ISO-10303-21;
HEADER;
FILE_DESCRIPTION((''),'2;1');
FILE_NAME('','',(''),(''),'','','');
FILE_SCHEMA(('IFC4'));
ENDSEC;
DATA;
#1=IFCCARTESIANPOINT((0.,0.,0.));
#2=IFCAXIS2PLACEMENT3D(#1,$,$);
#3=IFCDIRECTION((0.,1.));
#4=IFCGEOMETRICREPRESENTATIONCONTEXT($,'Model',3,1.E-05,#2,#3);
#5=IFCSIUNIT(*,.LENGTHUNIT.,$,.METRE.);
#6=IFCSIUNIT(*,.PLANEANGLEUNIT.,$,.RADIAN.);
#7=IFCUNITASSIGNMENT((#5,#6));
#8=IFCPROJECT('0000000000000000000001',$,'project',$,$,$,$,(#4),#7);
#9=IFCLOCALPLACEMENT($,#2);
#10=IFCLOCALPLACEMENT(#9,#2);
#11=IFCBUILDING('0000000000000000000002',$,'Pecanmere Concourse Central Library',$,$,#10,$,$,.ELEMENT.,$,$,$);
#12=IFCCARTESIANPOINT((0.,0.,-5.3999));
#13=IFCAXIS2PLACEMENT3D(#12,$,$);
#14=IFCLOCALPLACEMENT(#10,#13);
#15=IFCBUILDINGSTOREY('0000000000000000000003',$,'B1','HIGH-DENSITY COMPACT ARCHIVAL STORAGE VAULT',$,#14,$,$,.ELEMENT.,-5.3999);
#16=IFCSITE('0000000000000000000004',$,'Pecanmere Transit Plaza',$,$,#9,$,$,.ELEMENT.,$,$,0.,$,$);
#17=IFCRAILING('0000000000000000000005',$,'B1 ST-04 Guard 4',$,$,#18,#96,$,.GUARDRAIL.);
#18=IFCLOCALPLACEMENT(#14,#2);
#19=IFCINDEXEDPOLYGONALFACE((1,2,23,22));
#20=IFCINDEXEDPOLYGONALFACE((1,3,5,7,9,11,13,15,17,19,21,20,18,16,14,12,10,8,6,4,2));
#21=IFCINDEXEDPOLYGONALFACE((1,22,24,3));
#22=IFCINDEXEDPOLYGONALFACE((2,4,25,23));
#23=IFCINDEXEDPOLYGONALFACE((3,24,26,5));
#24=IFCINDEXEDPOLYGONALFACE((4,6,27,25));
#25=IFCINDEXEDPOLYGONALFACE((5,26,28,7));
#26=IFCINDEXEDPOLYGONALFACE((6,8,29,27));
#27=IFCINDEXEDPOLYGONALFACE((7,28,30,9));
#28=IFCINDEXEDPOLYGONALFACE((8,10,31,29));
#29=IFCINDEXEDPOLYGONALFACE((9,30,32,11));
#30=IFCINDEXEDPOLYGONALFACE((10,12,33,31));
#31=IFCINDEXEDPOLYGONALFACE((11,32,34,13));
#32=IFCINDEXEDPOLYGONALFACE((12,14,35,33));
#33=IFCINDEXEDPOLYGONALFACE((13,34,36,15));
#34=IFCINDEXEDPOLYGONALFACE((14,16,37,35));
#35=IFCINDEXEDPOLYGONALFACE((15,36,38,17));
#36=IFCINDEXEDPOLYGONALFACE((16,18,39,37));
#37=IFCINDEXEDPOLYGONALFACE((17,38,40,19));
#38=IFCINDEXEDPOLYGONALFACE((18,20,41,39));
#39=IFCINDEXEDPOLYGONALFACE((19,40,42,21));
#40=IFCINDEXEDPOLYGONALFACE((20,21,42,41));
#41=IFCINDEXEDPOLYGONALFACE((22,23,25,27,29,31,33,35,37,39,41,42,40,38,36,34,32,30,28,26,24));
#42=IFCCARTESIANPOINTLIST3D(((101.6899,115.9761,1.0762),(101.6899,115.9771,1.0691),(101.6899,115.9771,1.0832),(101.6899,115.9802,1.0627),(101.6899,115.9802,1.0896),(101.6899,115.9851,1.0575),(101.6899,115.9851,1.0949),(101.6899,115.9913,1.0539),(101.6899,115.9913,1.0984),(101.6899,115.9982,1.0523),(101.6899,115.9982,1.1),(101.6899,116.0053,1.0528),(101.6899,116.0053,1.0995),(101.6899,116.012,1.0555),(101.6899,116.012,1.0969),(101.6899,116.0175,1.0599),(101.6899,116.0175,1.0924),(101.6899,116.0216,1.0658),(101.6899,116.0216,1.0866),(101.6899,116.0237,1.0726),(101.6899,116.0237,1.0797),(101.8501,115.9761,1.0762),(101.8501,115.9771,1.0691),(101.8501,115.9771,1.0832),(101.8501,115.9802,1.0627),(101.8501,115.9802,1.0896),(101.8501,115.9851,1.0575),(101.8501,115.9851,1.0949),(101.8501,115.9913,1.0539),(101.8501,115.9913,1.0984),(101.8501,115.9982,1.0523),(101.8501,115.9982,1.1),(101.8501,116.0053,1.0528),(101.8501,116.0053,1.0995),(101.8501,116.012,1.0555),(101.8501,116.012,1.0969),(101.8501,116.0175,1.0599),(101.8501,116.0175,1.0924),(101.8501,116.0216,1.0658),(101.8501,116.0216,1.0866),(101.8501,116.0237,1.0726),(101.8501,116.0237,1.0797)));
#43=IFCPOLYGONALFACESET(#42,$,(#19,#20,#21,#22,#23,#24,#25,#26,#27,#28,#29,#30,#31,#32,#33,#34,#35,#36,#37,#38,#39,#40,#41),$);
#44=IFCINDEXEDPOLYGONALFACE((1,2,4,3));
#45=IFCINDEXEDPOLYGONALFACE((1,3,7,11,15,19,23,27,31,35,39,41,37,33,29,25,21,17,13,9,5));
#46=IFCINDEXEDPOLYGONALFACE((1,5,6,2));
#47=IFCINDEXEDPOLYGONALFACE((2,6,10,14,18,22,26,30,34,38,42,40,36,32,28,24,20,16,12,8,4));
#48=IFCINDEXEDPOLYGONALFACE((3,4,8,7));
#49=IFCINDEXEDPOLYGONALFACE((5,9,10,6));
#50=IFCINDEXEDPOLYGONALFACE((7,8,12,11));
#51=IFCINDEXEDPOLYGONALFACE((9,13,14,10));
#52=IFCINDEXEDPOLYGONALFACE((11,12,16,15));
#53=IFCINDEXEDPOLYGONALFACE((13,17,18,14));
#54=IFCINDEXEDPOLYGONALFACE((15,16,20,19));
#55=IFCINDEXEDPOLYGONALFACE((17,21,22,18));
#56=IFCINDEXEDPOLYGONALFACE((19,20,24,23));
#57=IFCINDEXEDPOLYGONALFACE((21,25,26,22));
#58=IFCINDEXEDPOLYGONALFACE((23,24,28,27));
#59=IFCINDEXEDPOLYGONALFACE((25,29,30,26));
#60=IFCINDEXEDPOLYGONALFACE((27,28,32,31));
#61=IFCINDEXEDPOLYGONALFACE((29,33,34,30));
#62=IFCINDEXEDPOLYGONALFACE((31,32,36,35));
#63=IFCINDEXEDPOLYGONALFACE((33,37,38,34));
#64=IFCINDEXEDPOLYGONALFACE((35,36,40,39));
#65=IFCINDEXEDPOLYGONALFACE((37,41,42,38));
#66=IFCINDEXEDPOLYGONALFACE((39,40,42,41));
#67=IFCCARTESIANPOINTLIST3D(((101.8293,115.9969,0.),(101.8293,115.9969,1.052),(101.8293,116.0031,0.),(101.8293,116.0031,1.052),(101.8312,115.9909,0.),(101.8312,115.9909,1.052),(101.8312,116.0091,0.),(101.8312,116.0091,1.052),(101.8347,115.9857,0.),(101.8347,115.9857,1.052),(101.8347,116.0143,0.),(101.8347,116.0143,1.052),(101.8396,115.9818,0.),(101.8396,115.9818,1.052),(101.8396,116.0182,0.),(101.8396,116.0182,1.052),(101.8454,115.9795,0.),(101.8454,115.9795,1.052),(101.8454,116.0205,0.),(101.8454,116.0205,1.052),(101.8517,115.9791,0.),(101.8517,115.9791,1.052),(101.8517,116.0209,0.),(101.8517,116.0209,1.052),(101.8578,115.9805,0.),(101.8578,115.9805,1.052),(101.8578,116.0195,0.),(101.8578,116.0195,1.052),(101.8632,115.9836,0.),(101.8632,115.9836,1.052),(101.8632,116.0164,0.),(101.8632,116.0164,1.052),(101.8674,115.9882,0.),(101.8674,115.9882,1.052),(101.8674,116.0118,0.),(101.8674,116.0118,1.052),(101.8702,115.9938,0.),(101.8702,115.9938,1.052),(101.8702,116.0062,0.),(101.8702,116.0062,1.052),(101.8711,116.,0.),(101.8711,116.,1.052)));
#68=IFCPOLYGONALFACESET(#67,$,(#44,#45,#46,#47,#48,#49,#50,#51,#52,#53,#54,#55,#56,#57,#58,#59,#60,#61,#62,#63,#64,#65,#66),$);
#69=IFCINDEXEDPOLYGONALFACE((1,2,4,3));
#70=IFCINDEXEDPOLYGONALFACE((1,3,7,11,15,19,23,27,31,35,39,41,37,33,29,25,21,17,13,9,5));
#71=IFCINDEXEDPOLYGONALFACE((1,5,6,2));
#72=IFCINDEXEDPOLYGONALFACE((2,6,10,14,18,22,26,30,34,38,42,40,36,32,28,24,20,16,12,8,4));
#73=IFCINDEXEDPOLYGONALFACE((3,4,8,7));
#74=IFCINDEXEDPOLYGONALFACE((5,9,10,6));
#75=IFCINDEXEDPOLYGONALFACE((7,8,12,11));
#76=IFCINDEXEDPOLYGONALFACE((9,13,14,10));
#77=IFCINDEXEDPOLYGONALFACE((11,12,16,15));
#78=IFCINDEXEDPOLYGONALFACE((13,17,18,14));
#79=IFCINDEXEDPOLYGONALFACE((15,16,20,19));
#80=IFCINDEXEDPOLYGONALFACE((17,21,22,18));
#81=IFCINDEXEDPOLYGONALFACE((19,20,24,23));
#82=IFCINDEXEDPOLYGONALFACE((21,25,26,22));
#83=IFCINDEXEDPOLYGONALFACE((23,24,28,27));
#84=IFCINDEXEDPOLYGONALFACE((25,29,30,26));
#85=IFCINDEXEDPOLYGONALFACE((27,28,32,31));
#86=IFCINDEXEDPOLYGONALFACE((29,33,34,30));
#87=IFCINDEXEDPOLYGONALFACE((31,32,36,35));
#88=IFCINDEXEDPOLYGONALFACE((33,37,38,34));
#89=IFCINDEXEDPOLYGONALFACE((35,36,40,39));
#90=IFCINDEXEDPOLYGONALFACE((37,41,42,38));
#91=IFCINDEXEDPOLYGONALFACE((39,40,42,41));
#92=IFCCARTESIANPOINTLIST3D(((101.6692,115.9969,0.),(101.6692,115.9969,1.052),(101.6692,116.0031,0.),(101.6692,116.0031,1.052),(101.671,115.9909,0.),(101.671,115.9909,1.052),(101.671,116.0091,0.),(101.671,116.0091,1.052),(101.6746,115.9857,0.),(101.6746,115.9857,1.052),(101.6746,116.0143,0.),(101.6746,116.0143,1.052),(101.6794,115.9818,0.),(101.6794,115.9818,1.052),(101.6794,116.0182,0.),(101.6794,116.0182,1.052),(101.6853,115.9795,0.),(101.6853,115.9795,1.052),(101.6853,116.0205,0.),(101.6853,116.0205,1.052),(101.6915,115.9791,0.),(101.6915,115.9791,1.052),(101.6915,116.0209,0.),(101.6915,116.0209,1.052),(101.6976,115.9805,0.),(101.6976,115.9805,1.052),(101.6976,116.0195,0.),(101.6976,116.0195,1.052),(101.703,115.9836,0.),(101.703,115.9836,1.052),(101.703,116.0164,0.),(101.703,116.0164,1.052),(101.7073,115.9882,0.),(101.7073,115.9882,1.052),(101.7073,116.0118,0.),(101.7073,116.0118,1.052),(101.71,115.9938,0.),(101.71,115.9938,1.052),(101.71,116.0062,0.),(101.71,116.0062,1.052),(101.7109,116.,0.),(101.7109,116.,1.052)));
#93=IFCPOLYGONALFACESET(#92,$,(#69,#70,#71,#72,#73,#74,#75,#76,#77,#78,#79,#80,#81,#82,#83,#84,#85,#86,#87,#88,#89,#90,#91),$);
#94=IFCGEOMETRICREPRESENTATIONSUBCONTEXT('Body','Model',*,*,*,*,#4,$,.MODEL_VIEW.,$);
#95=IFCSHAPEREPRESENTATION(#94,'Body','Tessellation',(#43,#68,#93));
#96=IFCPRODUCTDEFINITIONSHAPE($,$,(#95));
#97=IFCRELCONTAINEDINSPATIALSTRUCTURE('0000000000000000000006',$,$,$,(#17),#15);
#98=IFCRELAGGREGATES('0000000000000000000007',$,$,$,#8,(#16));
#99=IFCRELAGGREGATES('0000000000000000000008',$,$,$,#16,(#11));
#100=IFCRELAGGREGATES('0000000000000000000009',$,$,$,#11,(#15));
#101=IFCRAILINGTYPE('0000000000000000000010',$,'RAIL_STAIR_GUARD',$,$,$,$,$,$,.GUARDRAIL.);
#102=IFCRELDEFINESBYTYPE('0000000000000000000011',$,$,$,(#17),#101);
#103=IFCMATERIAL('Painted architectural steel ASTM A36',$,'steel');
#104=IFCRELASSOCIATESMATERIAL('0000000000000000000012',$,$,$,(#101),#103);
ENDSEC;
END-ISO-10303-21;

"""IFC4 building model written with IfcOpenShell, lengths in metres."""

from ifc_helpers import new_model, si_unit, direction, frame, origin, origin_2d, place, context, subcontext, project, spatial, circle, extrude, material, type_object, element, save


model = new_model("IFC4")

# Units and contexts
model_context = context("Model", 3, precision=1e-05, world=origin(), true_north=direction((0.0, 1.0)))
body_context = subcontext(model_context, "Body", "Model", "MODEL_VIEW")
ifc_project = project(units=[si_unit("LENGTHUNIT", "METRE"), si_unit("PLANEANGLEUNIT", "RADIAN")], contexts=[model_context])

# Site, building, storey
site_placement = place(None, origin())
site = spatial("IfcSite", under=ifc_project, at=site_placement, Name="Pecanmere Transit Plaza", CompositionType="ELEMENT", RefElevation=0.0)
building_placement = place(site_placement, origin())
building = spatial("IfcBuilding", under=site, at=building_placement, Name="Pecanmere Concourse Central Library", CompositionType="ELEMENT")
storey_placement = place(building_placement, frame((0.0, 0.0, -5.3999)))
storey = spatial("IfcBuildingStorey", under=building, at=storey_placement, Name="B1", Description="HIGH-DENSITY COMPACT ARCHIVAL STORAGE VAULT", CompositionType="ELEMENT", Elevation=-5.3999)

# Railing
ifc_material_1 = material(Name="Painted architectural steel ASTM A36", Category="steel")
railing_type_1 = type_object("IfcRailingType", Name="RAIL_STAIR_GUARD", PredefinedType="GUARDRAIL", material=ifc_material_1)
railing_1_placement = place(storey_placement, frame((101.8501, 116.0, 0.0)))
element("IfcRailing", 1, at=railing_1_placement, inside=storey, type_object=railing_type_1, Name="B1 ST-04 Guard 4", PredefinedType="GUARDRAIL", context=body_context, shape_type="SweptSolid", body=[
    extrude(circle(Radius=0.0239, at=origin_2d()), frame((0.0, 0.0, 1.0762), z_axis=(-1.0, 0.0, 0.0), x_axis=(0.0, -1.0, 0.0)), (0.0, 0.0, 1.0), 0.1602),
    extrude(circle(Radius=0.021, at=origin_2d()), origin(), (0.0, 0.0, 1.0), 1.052),
    extrude(circle(Radius=0.021, at=origin_2d()), frame((-0.1602, 0.0, 0.0)), (0.0, 0.0, 1.0), 1.052),
])

save(model, "model.ifc")
